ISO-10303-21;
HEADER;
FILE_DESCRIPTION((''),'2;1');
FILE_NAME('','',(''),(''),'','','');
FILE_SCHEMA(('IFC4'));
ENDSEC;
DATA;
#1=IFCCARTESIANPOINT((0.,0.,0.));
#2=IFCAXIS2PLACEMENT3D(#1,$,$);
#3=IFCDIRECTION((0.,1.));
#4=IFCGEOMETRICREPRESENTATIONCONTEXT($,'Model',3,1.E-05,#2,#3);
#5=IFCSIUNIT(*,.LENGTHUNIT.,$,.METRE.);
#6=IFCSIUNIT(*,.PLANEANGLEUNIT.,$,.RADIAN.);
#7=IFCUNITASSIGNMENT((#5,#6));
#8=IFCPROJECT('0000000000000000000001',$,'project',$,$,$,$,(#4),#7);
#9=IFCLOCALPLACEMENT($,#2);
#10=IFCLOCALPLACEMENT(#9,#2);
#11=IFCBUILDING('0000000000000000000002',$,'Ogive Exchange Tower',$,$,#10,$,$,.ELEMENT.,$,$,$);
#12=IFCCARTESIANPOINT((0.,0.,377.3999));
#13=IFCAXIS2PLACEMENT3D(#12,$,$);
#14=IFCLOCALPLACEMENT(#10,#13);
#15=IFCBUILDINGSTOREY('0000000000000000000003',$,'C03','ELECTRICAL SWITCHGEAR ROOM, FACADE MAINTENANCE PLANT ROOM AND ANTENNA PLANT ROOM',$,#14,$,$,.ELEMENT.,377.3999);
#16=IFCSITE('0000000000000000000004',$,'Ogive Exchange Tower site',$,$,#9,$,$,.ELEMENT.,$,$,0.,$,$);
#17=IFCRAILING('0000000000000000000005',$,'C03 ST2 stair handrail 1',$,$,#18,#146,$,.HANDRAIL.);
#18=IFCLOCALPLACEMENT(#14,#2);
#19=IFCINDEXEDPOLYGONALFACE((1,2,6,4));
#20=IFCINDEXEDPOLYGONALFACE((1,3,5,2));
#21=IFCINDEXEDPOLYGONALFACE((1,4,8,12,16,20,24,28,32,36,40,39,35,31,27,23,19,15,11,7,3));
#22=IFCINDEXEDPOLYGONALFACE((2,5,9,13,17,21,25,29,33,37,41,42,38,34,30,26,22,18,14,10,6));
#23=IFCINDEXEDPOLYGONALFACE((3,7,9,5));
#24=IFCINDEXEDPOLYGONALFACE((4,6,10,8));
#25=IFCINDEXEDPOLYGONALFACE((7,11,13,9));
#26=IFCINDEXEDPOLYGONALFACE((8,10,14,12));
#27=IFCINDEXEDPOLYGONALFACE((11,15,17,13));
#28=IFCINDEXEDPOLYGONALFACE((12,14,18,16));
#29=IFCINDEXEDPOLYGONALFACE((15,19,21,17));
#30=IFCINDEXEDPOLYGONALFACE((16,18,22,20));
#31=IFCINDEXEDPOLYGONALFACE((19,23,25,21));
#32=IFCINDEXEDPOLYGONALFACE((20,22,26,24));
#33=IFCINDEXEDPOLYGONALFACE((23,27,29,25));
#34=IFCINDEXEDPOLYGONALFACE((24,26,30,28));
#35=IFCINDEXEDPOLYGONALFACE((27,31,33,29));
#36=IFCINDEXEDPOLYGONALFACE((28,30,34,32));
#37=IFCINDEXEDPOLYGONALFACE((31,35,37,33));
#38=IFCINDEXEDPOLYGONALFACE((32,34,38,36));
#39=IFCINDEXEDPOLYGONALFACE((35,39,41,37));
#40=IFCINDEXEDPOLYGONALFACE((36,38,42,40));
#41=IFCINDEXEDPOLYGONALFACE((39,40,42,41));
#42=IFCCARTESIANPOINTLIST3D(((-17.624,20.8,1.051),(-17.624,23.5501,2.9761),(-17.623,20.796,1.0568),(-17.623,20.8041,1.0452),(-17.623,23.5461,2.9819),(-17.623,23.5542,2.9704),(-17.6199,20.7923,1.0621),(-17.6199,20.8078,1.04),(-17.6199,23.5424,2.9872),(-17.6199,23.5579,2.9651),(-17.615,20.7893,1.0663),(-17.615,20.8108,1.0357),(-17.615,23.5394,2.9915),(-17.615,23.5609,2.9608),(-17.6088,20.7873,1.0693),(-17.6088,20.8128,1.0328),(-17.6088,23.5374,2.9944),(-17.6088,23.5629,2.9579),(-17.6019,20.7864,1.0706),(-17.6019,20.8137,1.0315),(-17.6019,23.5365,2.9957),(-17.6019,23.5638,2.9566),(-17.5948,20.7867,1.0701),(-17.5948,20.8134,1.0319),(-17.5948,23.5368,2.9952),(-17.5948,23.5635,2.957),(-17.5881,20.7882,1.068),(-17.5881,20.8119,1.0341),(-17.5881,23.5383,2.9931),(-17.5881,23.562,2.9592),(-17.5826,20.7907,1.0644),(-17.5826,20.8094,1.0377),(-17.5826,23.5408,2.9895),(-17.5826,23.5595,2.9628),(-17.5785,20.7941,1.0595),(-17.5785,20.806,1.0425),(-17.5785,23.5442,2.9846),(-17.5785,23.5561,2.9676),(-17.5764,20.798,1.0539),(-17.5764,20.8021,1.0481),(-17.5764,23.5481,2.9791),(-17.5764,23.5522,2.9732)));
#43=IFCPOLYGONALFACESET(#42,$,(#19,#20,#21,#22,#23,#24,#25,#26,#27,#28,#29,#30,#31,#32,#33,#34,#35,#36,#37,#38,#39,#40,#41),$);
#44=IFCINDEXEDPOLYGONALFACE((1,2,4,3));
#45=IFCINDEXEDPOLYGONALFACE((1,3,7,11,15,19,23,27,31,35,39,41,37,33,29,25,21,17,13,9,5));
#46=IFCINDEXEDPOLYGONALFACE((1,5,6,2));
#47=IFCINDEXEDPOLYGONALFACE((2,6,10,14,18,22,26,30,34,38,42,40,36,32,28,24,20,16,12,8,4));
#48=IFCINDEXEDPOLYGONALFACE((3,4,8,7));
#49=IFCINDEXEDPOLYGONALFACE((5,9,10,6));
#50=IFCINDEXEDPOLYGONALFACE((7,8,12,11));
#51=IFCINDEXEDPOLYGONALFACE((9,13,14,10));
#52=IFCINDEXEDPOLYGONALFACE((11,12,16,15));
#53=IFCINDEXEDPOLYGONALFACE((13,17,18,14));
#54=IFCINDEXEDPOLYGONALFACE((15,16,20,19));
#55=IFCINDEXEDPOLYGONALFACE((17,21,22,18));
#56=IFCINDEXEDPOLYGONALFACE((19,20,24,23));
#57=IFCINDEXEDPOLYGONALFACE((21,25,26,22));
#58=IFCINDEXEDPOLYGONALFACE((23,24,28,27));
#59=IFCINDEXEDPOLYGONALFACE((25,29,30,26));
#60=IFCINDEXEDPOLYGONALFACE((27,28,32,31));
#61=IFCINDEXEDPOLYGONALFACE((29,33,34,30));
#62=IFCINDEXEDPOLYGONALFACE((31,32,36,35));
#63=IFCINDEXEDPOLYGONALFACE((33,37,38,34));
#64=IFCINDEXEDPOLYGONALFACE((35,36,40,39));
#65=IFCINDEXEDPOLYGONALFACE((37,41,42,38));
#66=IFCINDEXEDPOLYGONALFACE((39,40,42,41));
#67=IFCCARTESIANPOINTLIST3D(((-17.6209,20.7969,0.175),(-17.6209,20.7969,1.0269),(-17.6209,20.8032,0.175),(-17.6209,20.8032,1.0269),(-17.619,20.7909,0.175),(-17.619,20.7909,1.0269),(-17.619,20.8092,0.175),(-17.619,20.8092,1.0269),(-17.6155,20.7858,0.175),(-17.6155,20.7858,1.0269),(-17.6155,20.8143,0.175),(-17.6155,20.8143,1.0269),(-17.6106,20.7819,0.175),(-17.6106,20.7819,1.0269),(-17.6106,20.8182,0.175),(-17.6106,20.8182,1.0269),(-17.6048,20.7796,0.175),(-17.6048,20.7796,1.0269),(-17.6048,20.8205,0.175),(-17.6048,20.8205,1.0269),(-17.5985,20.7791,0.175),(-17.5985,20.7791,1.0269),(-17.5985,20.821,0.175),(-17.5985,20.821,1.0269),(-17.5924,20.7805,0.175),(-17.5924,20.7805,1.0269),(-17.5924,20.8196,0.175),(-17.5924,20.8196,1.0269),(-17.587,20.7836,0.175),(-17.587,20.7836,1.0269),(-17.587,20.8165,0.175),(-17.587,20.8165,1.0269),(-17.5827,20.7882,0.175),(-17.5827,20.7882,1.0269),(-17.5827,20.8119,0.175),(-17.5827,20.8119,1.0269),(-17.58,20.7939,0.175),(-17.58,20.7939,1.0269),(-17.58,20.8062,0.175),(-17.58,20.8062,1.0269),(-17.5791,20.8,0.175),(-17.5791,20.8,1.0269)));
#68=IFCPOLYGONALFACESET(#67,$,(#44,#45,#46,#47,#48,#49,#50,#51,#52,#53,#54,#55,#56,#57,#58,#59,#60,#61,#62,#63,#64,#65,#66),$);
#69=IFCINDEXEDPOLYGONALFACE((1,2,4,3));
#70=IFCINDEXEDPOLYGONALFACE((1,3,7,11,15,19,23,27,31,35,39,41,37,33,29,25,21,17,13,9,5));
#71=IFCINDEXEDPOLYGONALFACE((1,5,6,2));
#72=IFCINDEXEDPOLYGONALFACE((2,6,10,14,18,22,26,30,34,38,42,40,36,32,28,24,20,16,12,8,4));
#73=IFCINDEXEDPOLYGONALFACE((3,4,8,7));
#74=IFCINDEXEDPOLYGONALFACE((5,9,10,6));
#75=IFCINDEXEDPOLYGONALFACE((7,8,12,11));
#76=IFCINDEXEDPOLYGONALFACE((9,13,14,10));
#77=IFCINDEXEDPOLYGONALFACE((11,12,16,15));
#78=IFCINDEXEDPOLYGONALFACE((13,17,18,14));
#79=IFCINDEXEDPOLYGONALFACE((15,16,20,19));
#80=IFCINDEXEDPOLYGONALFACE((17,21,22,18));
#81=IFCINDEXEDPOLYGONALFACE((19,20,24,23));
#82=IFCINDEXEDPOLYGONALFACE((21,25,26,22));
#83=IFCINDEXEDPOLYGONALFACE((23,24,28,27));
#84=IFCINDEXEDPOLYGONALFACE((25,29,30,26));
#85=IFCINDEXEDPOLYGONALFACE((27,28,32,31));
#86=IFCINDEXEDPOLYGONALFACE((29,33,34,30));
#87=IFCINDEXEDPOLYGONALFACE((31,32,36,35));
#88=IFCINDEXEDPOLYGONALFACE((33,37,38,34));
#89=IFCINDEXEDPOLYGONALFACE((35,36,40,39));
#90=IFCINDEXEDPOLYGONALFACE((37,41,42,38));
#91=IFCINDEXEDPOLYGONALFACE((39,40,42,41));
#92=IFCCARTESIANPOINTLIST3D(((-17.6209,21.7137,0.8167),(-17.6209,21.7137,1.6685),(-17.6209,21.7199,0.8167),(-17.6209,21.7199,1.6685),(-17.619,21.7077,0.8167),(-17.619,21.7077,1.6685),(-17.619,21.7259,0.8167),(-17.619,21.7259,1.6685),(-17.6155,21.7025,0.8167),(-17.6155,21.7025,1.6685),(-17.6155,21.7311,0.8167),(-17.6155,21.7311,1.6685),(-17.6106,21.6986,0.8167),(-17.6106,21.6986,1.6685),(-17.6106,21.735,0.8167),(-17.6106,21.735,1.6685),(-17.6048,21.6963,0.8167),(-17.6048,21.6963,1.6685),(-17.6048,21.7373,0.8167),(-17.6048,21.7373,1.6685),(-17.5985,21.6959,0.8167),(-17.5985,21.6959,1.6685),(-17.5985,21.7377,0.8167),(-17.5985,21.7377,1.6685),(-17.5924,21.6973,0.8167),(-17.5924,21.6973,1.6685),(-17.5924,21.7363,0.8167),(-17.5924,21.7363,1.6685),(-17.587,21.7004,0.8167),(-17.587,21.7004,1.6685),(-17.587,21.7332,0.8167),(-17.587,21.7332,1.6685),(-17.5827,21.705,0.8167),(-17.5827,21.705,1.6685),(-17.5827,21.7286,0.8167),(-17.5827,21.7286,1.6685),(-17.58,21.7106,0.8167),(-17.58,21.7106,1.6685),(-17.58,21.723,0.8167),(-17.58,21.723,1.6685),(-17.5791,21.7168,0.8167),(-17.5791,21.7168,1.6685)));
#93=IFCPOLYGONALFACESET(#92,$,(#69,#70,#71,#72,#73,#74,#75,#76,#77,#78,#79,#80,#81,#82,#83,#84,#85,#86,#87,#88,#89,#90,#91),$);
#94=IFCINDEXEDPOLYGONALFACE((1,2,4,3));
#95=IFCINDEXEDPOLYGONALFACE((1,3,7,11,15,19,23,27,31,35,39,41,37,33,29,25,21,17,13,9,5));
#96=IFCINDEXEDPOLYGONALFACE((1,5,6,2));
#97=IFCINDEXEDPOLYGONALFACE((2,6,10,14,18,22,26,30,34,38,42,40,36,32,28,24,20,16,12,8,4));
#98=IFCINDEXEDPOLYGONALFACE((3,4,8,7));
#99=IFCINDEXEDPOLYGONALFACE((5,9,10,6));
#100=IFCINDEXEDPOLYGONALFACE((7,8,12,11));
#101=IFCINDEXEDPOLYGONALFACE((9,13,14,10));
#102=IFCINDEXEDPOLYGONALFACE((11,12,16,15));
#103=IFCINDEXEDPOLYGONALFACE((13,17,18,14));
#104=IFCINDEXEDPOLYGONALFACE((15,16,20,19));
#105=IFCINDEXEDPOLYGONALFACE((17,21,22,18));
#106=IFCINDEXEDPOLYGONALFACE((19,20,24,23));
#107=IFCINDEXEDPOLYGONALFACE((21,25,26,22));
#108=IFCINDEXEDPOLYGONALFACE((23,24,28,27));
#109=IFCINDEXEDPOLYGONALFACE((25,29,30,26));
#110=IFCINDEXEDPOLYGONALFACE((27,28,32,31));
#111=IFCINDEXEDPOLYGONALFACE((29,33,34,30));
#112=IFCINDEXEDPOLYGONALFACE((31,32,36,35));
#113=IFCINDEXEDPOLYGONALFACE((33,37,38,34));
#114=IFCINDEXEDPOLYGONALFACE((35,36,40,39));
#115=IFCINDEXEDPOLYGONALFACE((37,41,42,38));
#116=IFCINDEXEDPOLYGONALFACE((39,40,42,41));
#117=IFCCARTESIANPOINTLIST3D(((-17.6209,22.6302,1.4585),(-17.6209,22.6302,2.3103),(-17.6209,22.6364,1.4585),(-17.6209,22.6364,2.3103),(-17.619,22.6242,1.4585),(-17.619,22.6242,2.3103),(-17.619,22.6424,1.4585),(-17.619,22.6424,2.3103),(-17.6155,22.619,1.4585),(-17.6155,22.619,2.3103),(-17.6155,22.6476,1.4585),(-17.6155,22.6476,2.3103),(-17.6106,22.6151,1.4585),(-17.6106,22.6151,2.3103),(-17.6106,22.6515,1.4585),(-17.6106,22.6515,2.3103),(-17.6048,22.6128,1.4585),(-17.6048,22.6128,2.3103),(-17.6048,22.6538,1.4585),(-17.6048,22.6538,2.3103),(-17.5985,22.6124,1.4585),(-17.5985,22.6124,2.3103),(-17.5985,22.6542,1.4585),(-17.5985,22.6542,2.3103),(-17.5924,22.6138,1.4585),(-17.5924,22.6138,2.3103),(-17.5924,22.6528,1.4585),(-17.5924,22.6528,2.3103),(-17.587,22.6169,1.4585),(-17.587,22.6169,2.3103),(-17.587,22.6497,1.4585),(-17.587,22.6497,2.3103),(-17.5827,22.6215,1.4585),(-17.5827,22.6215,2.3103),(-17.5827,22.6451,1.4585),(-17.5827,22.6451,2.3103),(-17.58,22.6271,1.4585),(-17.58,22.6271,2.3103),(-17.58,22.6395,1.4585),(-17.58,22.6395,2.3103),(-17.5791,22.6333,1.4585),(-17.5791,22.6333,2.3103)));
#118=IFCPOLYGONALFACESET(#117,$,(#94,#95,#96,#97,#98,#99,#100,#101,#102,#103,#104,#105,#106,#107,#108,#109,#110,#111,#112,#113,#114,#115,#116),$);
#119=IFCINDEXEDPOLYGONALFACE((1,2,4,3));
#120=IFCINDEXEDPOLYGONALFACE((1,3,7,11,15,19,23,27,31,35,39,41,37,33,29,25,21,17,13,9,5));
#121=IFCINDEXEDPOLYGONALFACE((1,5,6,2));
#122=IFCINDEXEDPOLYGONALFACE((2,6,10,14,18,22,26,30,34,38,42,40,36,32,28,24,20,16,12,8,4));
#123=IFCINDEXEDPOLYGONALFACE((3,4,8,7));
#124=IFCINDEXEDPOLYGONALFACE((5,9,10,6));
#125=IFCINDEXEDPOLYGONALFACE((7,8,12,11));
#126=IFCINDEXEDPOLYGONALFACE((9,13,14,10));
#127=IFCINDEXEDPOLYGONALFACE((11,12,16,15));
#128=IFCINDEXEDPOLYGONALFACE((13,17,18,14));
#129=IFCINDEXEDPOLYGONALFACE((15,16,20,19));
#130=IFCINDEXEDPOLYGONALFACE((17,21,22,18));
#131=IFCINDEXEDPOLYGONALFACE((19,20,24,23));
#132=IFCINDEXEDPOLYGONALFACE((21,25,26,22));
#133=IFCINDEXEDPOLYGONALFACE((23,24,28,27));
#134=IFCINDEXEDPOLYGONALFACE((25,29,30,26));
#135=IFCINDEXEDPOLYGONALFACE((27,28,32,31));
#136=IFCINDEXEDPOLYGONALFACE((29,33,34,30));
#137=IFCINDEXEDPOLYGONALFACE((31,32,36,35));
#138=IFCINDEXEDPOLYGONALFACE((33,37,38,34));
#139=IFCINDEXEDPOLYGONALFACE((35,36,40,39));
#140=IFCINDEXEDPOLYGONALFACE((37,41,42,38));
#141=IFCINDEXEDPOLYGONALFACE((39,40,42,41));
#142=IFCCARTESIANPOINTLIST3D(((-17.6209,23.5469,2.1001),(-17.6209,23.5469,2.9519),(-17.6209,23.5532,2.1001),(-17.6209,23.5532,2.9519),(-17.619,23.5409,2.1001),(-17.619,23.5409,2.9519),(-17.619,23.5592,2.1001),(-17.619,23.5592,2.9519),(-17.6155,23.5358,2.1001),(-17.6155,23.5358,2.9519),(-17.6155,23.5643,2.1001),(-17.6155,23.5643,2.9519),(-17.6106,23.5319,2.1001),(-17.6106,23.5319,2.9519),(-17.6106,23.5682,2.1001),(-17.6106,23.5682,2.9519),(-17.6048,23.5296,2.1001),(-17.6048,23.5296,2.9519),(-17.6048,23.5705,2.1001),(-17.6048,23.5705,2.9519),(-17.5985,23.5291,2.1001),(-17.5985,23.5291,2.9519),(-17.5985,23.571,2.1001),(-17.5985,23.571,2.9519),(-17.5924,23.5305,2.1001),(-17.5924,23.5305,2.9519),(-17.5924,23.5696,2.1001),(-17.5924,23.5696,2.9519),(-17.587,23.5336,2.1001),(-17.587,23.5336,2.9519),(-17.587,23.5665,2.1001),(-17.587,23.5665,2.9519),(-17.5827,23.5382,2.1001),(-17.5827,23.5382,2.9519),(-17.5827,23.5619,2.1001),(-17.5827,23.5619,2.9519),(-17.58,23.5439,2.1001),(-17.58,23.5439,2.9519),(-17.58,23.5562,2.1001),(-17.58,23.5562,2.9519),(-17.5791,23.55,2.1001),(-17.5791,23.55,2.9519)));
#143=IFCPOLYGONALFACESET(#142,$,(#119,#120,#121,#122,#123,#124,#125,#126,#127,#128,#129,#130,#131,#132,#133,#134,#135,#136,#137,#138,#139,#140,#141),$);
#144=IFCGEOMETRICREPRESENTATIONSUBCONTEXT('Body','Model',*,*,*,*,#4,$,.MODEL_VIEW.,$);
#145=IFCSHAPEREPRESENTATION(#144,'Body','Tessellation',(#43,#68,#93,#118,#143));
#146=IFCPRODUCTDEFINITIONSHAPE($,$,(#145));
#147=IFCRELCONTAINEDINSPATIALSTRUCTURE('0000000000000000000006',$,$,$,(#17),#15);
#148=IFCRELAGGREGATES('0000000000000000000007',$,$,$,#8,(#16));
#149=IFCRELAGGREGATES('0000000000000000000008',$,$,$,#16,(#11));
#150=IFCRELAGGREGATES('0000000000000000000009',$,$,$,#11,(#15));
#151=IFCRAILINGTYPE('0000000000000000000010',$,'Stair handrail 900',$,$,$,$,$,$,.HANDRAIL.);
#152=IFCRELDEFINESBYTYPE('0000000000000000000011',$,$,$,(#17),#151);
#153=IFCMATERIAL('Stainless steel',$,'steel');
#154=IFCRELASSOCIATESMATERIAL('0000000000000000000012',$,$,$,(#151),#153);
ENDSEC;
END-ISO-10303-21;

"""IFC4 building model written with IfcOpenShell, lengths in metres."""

from ifc_helpers import new_model, si_unit, direction, frame, origin, origin_2d, place, context, subcontext, project, spatial, circle, extrude, material, type_object, element, save


model = new_model("IFC4")

# Units and contexts
model_context = context("Model", 3, precision=1e-05, world=origin(), true_north=direction((0.0, 1.0)))
body_context = subcontext(model_context, "Body", "Model", "MODEL_VIEW")
ifc_project = project(units=[si_unit("LENGTHUNIT", "METRE"), si_unit("PLANEANGLEUNIT", "RADIAN")], contexts=[model_context])

# Site, building, storey
site_placement = place(None, origin())
site = spatial("IfcSite", under=ifc_project, at=site_placement, Name="Ogive Exchange Tower site", CompositionType="ELEMENT", RefElevation=0.0)
building_placement = place(site_placement, origin())
building = spatial("IfcBuilding", under=site, at=building_placement, Name="Ogive Exchange Tower", CompositionType="ELEMENT")
storey_placement = place(building_placement, frame((0.0, 0.0, 377.3999)))
storey = spatial("IfcBuildingStorey", under=building, at=storey_placement, Name="C03", Description="ELECTRICAL SWITCHGEAR ROOM, FACADE MAINTENANCE PLANT ROOM AND ANTENNA PLANT ROOM", CompositionType="ELEMENT", Elevation=377.3999)

# Railing
ifc_material_1 = material(Name="Stainless steel", Category="steel")
railing_type = type_object("IfcRailingType", Name="Stair handrail 900", PredefinedType="HANDRAIL", material=ifc_material_1)
railing_placement = place(storey_placement, frame((-17.6001, 20.8, 0.175)))
element("IfcRailing", 1, at=railing_placement, inside=storey, type_object=railing_type, Name="C03 ST2 stair handrail 1", PredefinedType="HANDRAIL", context=body_context, shape_type="SweptSolid", body=[
    extrude(circle(Radius=0.0239, at=origin_2d()), frame((0.0, 0.0, 0.876), z_axis=(0.0, 0.819225, 0.573472), x_axis=(-1.0, 0.0, 0.0)), (0.0, 0.0, 1.0), 3.3569),
    extrude(circle(Radius=0.021, at=origin_2d()), origin(), (0.0, 0.0, 1.0), 0.8518),
    extrude(circle(Radius=0.021, at=origin_2d()), frame((0.0, 0.9167, 0.6416)), (0.0, 0.0, 1.0), 0.8518),
    extrude(circle(Radius=0.021, at=origin_2d()), frame((0.0, 1.8333, 1.2834)), (0.0, 0.0, 1.0), 0.8518),
    extrude(circle(Radius=0.021, at=origin_2d()), frame((0.0, 2.75, 1.925)), (0.0, 0.0, 1.0), 0.8518),
])

save(model, "model.ifc")
